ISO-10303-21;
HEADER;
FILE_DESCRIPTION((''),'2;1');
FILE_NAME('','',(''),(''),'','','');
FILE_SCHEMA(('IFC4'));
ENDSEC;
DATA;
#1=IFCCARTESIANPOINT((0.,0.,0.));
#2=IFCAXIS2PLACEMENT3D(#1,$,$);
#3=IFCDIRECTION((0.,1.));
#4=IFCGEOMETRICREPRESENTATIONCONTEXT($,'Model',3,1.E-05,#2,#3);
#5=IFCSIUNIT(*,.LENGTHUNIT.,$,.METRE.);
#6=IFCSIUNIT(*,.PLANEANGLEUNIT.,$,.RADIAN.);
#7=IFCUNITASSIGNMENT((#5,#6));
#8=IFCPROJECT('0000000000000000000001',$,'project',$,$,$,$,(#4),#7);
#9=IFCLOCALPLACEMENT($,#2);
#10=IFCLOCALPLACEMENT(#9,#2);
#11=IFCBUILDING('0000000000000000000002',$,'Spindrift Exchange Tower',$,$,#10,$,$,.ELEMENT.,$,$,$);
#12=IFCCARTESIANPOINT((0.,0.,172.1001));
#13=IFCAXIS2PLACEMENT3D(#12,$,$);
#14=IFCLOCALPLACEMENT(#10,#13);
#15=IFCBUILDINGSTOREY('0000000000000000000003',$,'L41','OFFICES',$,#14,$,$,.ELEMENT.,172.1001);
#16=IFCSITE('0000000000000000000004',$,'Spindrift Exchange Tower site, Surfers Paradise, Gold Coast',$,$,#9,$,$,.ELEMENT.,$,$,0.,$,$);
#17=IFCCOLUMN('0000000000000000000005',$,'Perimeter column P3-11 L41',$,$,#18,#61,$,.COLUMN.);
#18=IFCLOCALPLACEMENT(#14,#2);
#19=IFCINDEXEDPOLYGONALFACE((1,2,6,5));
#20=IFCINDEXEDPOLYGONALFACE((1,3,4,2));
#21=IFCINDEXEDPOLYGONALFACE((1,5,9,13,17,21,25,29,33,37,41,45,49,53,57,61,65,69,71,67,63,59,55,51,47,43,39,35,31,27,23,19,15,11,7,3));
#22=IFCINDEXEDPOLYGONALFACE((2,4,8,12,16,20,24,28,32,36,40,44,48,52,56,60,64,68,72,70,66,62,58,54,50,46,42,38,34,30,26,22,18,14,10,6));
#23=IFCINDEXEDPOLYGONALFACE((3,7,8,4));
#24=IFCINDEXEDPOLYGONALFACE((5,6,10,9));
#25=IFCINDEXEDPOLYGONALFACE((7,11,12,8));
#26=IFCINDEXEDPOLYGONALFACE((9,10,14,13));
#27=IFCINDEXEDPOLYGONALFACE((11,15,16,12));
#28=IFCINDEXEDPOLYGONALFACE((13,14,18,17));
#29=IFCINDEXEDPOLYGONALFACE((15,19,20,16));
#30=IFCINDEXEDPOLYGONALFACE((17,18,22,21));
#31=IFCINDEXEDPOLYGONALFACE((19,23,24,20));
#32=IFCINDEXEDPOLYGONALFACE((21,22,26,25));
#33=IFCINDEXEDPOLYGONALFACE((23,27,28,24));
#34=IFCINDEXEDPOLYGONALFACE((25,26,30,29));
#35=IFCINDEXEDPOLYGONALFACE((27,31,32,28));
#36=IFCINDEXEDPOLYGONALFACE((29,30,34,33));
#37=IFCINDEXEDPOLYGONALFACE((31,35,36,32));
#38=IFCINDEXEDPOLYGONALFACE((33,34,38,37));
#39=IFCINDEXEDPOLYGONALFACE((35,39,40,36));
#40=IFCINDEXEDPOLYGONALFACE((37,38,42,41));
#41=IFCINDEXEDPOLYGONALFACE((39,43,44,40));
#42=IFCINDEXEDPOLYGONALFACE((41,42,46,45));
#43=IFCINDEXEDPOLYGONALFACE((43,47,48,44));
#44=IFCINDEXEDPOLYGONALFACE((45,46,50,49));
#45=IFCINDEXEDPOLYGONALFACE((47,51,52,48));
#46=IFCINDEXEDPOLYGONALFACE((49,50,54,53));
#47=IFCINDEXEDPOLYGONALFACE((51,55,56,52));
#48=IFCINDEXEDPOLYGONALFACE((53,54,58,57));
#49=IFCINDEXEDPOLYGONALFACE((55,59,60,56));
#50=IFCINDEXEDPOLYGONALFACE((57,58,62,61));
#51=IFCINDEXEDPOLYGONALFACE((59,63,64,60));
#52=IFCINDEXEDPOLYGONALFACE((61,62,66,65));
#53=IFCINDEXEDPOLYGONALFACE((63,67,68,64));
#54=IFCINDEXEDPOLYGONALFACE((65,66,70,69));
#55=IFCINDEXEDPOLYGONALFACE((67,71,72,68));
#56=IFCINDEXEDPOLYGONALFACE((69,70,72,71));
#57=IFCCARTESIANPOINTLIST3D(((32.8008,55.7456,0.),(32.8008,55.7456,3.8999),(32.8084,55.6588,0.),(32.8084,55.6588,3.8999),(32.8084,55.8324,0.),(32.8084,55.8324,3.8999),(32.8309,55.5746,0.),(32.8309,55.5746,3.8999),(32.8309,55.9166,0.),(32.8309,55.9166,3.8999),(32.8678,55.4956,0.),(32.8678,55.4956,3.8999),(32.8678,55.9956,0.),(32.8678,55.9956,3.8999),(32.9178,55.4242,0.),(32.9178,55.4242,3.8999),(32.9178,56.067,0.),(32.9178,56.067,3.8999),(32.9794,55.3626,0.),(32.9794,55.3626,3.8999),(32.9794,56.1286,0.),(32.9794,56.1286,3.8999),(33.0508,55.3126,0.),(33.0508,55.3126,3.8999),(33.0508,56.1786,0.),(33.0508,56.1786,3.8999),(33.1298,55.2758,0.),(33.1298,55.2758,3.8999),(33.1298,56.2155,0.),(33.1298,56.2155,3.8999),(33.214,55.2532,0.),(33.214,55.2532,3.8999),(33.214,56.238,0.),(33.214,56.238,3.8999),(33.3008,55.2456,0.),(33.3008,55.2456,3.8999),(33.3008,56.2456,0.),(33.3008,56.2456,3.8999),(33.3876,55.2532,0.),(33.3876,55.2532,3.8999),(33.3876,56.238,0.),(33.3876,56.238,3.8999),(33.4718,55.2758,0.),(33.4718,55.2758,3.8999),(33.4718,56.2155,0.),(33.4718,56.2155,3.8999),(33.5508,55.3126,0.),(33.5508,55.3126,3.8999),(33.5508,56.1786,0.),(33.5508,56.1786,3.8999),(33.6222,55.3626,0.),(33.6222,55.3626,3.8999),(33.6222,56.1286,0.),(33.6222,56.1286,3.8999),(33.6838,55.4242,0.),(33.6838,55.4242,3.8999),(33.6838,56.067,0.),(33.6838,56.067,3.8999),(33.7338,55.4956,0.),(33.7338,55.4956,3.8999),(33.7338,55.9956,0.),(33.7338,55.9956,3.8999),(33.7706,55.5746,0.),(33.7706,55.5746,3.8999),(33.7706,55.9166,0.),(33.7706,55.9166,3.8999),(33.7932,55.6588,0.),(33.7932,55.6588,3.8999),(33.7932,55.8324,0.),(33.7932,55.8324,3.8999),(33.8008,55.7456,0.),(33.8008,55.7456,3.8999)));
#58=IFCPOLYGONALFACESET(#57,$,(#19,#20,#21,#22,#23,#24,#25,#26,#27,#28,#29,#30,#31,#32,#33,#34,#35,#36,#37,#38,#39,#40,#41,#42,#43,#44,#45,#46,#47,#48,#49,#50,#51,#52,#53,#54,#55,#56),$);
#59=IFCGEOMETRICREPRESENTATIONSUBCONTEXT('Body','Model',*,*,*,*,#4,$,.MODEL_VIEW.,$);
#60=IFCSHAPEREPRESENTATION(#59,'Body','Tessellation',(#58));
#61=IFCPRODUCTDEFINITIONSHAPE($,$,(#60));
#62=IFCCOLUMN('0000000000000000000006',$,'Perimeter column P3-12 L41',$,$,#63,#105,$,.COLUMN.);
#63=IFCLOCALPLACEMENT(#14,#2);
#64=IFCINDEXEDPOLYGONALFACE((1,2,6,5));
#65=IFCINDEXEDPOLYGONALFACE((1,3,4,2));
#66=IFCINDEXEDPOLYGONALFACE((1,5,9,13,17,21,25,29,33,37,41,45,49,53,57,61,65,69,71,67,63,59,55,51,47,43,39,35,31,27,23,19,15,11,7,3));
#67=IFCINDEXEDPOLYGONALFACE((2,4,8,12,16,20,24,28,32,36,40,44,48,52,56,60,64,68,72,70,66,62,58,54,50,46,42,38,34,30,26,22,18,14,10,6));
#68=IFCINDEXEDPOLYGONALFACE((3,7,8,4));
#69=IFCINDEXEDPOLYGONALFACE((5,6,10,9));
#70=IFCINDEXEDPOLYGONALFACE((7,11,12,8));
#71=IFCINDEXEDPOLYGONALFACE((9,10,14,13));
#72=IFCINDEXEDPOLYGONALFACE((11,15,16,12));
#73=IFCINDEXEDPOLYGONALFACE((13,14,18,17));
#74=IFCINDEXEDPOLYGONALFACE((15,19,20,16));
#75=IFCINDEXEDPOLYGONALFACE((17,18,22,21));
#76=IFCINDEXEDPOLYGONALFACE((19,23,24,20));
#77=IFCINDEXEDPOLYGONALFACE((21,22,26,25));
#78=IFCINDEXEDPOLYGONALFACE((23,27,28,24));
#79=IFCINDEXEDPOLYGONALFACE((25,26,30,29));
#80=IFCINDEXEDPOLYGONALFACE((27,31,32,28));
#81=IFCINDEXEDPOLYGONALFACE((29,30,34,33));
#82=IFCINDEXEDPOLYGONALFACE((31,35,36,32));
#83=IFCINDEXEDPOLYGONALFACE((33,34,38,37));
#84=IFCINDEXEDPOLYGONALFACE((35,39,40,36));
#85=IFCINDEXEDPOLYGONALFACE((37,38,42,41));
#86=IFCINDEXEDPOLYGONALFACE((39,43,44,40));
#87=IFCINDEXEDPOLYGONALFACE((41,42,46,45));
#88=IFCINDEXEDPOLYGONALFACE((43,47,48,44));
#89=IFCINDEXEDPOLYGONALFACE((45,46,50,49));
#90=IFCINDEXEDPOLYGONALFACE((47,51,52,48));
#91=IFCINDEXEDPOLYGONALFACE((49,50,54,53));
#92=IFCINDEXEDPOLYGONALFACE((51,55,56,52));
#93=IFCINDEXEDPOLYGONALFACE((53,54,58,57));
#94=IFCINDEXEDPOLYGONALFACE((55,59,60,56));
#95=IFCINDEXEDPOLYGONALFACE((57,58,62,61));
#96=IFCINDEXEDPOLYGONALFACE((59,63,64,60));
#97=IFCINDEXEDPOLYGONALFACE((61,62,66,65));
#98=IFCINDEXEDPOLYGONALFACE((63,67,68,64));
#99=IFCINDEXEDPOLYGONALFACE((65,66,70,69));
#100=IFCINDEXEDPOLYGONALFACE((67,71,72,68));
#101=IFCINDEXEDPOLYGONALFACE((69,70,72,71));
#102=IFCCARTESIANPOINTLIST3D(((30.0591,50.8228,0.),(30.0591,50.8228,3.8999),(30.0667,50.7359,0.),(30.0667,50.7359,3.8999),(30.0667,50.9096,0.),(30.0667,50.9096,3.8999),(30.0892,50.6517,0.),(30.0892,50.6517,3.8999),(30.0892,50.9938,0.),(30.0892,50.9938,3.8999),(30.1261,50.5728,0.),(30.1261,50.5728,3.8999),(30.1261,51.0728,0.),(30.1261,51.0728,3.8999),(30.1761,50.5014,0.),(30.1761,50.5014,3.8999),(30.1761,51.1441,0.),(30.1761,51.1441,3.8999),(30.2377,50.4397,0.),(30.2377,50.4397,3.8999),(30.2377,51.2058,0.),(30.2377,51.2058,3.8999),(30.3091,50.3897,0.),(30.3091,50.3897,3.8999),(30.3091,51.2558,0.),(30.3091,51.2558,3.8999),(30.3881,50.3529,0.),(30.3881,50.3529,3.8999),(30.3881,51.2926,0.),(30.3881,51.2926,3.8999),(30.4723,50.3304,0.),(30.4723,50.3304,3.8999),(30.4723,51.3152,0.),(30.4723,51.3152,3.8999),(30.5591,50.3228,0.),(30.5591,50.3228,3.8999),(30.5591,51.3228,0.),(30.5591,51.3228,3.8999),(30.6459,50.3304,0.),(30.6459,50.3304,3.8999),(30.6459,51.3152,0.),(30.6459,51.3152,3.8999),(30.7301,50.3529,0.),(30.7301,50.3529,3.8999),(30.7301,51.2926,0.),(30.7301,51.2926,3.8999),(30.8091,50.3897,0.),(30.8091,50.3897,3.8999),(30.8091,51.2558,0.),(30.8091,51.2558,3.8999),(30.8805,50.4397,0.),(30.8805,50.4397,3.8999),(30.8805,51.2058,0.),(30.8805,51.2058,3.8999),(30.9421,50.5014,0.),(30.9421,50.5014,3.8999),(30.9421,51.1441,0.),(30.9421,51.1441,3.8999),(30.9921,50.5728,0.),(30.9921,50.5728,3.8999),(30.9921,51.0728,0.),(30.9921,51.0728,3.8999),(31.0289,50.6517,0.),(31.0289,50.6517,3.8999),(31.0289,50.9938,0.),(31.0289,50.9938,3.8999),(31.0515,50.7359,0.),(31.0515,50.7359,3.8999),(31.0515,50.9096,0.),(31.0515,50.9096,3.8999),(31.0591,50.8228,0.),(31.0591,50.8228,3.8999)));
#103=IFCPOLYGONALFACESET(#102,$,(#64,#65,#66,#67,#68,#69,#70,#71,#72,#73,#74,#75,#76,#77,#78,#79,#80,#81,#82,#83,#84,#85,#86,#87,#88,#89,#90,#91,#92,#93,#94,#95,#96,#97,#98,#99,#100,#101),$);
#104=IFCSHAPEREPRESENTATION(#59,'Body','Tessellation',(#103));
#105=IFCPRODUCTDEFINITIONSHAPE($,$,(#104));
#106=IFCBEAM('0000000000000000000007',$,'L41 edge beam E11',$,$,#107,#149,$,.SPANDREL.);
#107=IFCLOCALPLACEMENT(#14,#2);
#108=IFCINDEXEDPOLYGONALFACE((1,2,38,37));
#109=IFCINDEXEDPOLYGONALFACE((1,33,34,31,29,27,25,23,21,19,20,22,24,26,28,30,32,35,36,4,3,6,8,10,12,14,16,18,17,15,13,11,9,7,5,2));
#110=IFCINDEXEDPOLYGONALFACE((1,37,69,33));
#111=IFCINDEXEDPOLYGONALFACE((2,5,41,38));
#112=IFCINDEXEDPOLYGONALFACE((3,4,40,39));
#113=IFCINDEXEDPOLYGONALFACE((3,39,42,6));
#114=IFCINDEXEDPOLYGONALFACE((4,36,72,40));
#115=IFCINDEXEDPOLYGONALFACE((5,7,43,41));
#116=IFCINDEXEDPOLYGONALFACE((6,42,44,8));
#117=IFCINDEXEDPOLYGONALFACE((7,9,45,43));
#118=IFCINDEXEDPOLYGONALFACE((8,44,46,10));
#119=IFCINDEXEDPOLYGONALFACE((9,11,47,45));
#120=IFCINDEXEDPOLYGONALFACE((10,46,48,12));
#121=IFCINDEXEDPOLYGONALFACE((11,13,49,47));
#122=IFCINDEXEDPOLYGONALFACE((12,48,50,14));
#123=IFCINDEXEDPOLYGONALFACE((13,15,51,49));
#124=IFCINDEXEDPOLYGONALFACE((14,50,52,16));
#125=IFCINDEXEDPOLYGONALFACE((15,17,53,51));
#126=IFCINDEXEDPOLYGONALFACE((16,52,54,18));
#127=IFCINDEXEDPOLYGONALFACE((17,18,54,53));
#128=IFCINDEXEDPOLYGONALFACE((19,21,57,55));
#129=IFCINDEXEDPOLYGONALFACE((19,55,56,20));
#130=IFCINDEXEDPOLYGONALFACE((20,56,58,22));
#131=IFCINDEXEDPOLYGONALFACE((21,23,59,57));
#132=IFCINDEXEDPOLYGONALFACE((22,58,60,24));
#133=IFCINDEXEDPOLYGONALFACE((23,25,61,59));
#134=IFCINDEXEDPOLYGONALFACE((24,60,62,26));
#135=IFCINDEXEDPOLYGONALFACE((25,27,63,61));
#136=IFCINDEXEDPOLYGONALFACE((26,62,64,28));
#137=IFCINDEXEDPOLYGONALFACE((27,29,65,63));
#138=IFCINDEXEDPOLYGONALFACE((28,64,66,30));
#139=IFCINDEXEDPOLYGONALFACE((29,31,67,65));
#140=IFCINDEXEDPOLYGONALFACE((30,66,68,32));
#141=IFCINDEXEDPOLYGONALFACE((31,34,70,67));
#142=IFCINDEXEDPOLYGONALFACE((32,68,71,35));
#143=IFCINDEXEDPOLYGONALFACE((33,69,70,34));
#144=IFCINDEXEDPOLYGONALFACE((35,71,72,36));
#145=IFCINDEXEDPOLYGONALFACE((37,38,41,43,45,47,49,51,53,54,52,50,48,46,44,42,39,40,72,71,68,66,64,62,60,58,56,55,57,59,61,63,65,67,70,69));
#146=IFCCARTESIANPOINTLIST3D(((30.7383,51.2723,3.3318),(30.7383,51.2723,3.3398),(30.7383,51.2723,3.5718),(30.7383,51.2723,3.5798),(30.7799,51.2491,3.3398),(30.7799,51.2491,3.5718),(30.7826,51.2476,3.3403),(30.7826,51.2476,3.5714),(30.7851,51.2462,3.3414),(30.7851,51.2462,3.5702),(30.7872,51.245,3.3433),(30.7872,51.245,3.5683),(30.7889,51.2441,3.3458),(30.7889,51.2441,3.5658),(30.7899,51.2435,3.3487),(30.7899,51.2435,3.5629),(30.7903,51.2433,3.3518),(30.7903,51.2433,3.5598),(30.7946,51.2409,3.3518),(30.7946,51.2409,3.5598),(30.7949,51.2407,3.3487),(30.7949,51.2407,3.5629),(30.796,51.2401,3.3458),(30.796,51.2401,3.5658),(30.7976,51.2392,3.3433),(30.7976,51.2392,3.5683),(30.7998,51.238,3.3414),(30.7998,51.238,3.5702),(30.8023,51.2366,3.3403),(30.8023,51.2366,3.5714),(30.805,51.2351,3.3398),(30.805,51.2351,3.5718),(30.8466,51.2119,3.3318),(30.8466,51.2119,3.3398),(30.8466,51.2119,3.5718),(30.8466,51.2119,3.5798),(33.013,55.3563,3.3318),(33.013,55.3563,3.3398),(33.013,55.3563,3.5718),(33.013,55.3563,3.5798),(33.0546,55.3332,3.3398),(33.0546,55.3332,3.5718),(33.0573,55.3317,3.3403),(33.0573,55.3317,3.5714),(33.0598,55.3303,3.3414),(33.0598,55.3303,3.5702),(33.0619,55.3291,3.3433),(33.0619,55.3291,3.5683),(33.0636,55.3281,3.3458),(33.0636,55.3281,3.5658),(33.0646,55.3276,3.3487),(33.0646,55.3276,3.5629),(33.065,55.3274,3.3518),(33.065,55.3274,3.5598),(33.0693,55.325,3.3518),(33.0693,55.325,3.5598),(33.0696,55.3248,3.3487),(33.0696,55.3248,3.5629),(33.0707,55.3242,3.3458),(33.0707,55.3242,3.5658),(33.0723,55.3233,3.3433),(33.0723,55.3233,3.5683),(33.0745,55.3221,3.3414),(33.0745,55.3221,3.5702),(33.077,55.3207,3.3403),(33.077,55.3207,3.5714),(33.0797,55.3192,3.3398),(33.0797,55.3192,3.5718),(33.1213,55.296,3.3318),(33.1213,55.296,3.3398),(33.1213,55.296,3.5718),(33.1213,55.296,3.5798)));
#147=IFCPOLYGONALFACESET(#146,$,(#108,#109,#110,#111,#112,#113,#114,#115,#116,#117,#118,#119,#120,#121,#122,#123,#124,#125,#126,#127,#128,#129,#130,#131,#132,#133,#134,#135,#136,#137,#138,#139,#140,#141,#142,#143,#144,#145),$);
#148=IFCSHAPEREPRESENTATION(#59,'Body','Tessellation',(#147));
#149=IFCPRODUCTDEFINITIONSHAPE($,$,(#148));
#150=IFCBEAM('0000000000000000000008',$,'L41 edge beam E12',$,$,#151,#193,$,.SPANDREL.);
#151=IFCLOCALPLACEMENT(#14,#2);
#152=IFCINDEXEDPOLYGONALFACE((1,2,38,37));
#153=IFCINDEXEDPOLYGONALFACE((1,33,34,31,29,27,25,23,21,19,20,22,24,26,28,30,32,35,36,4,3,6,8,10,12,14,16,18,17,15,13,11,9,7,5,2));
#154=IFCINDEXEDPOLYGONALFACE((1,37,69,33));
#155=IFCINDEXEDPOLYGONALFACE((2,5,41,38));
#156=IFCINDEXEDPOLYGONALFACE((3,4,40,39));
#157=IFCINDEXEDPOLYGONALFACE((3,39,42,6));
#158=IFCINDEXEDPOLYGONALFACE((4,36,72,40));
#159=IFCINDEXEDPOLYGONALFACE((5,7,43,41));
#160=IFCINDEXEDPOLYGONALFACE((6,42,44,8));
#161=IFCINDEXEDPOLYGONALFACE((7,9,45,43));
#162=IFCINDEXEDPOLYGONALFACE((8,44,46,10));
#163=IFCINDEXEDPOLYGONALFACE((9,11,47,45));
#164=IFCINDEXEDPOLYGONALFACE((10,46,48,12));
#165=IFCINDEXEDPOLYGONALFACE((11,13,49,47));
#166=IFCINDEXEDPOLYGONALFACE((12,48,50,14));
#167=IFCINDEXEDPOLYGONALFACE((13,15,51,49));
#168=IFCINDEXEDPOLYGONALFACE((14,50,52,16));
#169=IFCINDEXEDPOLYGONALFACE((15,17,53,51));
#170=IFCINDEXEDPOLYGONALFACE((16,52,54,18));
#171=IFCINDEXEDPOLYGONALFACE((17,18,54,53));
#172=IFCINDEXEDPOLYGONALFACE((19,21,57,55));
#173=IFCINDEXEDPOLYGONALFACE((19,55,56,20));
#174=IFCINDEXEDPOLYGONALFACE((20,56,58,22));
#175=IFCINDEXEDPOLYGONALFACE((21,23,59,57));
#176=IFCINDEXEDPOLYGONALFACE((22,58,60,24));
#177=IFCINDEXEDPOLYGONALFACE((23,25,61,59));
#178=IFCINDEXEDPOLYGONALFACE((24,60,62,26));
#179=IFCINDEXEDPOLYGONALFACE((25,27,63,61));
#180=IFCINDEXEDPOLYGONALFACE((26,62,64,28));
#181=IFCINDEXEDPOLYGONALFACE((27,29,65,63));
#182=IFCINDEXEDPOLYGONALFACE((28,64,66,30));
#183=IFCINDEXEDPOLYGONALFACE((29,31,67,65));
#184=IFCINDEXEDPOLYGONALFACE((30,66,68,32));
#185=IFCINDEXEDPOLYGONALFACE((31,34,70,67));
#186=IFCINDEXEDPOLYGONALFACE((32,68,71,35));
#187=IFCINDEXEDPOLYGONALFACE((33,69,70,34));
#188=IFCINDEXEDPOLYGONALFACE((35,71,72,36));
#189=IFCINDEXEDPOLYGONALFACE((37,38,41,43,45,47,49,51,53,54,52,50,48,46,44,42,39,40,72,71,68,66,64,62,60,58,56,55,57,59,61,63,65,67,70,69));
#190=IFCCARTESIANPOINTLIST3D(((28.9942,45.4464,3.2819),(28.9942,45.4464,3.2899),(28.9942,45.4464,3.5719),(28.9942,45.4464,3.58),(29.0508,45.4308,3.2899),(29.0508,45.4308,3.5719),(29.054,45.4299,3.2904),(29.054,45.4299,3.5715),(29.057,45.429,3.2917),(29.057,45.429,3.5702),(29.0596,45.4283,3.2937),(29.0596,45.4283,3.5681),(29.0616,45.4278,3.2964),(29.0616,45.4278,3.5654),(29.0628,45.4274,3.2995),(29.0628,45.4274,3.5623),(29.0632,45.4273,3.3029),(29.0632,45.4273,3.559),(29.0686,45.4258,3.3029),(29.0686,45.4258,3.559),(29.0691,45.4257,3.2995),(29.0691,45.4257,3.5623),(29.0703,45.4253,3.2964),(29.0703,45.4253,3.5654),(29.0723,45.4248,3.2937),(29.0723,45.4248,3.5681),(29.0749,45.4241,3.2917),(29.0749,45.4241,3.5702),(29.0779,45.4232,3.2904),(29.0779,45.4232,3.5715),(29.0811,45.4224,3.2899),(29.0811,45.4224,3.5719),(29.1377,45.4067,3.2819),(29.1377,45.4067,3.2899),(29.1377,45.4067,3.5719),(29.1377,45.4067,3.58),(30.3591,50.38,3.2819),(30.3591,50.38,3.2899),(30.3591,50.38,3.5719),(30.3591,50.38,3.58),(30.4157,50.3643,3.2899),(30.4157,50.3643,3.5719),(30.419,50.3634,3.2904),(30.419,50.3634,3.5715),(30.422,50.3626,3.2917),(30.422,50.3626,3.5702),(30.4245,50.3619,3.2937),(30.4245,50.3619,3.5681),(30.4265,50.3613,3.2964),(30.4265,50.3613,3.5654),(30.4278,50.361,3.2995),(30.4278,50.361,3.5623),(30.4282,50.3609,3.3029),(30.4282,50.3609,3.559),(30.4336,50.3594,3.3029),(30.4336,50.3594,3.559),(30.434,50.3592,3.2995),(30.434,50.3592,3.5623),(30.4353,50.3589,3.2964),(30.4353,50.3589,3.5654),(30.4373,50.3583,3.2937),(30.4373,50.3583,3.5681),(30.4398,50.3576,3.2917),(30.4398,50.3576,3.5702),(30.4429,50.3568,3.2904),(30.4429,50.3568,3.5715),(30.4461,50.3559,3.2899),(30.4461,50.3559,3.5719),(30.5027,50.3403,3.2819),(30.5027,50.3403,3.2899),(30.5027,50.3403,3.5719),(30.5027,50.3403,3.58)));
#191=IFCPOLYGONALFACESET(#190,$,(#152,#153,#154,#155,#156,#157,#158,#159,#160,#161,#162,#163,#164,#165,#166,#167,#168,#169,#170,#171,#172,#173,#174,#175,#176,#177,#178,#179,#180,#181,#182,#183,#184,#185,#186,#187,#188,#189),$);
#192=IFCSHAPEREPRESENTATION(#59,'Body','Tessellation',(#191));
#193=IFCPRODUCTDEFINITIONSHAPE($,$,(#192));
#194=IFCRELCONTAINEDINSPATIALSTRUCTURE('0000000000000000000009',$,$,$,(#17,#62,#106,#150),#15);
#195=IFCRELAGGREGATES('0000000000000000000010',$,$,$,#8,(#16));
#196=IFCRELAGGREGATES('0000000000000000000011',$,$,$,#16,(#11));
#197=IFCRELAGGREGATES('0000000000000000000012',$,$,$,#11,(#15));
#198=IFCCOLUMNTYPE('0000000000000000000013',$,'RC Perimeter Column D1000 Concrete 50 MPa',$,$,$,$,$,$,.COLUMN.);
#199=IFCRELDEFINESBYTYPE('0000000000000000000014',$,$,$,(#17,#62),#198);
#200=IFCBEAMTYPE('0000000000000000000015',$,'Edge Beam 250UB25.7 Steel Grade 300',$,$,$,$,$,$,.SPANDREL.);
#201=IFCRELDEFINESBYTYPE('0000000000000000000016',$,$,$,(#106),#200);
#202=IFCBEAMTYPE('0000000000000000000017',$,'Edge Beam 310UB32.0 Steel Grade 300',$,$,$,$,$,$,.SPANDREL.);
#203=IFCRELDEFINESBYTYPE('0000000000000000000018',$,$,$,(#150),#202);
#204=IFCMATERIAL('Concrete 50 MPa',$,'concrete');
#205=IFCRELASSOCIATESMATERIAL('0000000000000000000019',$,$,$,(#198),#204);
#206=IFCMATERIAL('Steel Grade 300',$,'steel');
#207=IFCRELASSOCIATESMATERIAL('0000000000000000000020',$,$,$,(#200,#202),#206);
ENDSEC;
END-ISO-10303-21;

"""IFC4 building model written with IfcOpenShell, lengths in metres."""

from ifc_helpers import new_model, si_unit, direction, frame, origin, origin_2d, place, context, subcontext, project, spatial, circle, i_section, extrude, source, transform, mapped, material, material_profile, profile_set, type_object, element, save


model = new_model("IFC4")

# Units and contexts
model_context = context("Model", 3, precision=1e-05, world=origin(), true_north=direction((0.0, 1.0)))
body_context = subcontext(model_context, "Body", "Model", "MODEL_VIEW")
ifc_project = project(units=[si_unit("LENGTHUNIT", "METRE"), si_unit("PLANEANGLEUNIT", "RADIAN")], contexts=[model_context])

# Site, building, storey
site_placement = place(None, origin())
site = spatial("IfcSite", under=ifc_project, at=site_placement, Name="Spindrift Exchange Tower site, Surfers Paradise, Gold Coast", CompositionType="ELEMENT", RefElevation=0.0)
building_placement = place(site_placement, origin())
building = spatial("IfcBuilding", under=site, at=building_placement, Name="Spindrift Exchange Tower", CompositionType="ELEMENT")
storey_placement = place(building_placement, frame((0.0, 0.0, 172.1001)))
storey = spatial("IfcBuildingStorey", under=building, at=storey_placement, Name="L41", Description="OFFICES", CompositionType="ELEMENT", Elevation=172.1001)

# Columns
ifc_material_1 = material(Name="Concrete 50 MPa", Category="concrete")
ifc_material_profile_1 = material_profile(ifc_material_1, circle(Radius=0.5, at=origin_2d()), Name="RC D1000")
ifc_profile_set_1 = profile_set([ifc_material_profile_1], Name="Concrete 50 MPa")
column_type = type_object("IfcColumnType", Name="RC Perimeter Column D1000 Concrete 50 MPa", PredefinedType="COLUMN", material=ifc_profile_set_1)
shared_shape_1 = source(origin(), body_context, "Body", "SweptSolid", [
    extrude(circle(Radius=0.5, at=origin_2d()), origin(), (0.0, 0.0, 1.0), 3.8999),
])
for number, where, z_axis, x_axis, name in (
    (1, (33.3008, 55.7456, 0.0), (0.0, 0.0, 1.0), (1.0, 0.0, 0.0), "Perimeter column P3-11 L41"),
    (2, (30.5591, 50.8228, 0.0), (0.0, 0.0, 1.0), (1.0, 0.0, 0.0), "Perimeter column P3-12 L41"),
):
    element("IfcColumn", number, at=place(storey_placement, frame(where, z_axis=z_axis, x_axis=x_axis)), inside=storey, type_object=column_type, Name=name, PredefinedType="COLUMN", context=body_context, shape_type="MappedRepresentation", body=[
        mapped(shared_shape_1, transform((0.0, 0.0, 0.0), scale=1.0)),
    ])

# Beams
ifc_material_2 = material(Name="Steel Grade 300", Category="steel")
ifc_material_profile_2 = material_profile(ifc_material_2, i_section(OverallWidth=0.124, OverallDepth=0.248, WebThickness=0.0049, FlangeThickness=0.0081, FilletRadius=0.012, at=origin_2d()), Name="250UB25.7")
ifc_profile_set_2 = profile_set([ifc_material_profile_2], Name="Steel Grade 300")
beam_type_1 = type_object("IfcBeamType", Name="Edge Beam 250UB25.7 Steel Grade 300", PredefinedType="SPANDREL", material=ifc_profile_set_2)
shared_shape_2 = source(origin(), body_context, "Body", "SweptSolid", [
    extrude(i_section(OverallWidth=0.124, OverallDepth=0.248, WebThickness=0.0049, FlangeThickness=0.0081, FilletRadius=0.012, at=origin_2d()), origin(), (0.0, 0.0, 1.0), 4.6748),
])
beam_1_placement = place(storey_placement, frame((33.0671, 55.3262, 3.4558), z_axis=(-0.486587, -0.873632, 0.0), x_axis=(0.873632, -0.486587, 0.0)))
element("IfcBeam", 3, at=beam_1_placement, inside=storey, type_object=beam_type_1, Name="L41 edge beam E11", PredefinedType="SPANDREL", context=body_context, shape_type="MappedRepresentation", body=[
    mapped(shared_shape_2, transform((0.0, 0.0, 0.0), scale=1.0)),
])
ifc_material_profile_3 = material_profile(ifc_material_2, i_section(OverallWidth=0.1489, OverallDepth=0.2981, WebThickness=0.0056, FlangeThickness=0.0081, FilletRadius=0.0129, at=origin_2d()), Name="310UB32.0")
ifc_profile_set_3 = profile_set([ifc_material_profile_3], Name="Steel Grade 300")
beam_type_2 = type_object("IfcBeamType", Name="Edge Beam 310UB32.0 Steel Grade 300", PredefinedType="SPANDREL", material=ifc_profile_set_3)
shared_shape_3 = source(origin(), body_context, "Body", "SweptSolid", [
    extrude(i_section(OverallWidth=0.1489, OverallDepth=0.2981, WebThickness=0.0056, FlangeThickness=0.0081, FilletRadius=0.0129, at=origin_2d()), origin(), (0.0, 0.0, 1.0), 5.1189),
])
beam_2_placement = place(storey_placement, frame((30.4309, 50.3601, 3.4309), z_axis=(-0.266655, -0.963792, 0.0), x_axis=(0.963792, -0.266655, 0.0)))
element("IfcBeam", 4, at=beam_2_placement, inside=storey, type_object=beam_type_2, Name="L41 edge beam E12", PredefinedType="SPANDREL", context=body_context, shape_type="MappedRepresentation", body=[
    mapped(shared_shape_3, transform((0.0, 0.0, 0.0), scale=1.0)),
])

save(model, "model.ifc")
